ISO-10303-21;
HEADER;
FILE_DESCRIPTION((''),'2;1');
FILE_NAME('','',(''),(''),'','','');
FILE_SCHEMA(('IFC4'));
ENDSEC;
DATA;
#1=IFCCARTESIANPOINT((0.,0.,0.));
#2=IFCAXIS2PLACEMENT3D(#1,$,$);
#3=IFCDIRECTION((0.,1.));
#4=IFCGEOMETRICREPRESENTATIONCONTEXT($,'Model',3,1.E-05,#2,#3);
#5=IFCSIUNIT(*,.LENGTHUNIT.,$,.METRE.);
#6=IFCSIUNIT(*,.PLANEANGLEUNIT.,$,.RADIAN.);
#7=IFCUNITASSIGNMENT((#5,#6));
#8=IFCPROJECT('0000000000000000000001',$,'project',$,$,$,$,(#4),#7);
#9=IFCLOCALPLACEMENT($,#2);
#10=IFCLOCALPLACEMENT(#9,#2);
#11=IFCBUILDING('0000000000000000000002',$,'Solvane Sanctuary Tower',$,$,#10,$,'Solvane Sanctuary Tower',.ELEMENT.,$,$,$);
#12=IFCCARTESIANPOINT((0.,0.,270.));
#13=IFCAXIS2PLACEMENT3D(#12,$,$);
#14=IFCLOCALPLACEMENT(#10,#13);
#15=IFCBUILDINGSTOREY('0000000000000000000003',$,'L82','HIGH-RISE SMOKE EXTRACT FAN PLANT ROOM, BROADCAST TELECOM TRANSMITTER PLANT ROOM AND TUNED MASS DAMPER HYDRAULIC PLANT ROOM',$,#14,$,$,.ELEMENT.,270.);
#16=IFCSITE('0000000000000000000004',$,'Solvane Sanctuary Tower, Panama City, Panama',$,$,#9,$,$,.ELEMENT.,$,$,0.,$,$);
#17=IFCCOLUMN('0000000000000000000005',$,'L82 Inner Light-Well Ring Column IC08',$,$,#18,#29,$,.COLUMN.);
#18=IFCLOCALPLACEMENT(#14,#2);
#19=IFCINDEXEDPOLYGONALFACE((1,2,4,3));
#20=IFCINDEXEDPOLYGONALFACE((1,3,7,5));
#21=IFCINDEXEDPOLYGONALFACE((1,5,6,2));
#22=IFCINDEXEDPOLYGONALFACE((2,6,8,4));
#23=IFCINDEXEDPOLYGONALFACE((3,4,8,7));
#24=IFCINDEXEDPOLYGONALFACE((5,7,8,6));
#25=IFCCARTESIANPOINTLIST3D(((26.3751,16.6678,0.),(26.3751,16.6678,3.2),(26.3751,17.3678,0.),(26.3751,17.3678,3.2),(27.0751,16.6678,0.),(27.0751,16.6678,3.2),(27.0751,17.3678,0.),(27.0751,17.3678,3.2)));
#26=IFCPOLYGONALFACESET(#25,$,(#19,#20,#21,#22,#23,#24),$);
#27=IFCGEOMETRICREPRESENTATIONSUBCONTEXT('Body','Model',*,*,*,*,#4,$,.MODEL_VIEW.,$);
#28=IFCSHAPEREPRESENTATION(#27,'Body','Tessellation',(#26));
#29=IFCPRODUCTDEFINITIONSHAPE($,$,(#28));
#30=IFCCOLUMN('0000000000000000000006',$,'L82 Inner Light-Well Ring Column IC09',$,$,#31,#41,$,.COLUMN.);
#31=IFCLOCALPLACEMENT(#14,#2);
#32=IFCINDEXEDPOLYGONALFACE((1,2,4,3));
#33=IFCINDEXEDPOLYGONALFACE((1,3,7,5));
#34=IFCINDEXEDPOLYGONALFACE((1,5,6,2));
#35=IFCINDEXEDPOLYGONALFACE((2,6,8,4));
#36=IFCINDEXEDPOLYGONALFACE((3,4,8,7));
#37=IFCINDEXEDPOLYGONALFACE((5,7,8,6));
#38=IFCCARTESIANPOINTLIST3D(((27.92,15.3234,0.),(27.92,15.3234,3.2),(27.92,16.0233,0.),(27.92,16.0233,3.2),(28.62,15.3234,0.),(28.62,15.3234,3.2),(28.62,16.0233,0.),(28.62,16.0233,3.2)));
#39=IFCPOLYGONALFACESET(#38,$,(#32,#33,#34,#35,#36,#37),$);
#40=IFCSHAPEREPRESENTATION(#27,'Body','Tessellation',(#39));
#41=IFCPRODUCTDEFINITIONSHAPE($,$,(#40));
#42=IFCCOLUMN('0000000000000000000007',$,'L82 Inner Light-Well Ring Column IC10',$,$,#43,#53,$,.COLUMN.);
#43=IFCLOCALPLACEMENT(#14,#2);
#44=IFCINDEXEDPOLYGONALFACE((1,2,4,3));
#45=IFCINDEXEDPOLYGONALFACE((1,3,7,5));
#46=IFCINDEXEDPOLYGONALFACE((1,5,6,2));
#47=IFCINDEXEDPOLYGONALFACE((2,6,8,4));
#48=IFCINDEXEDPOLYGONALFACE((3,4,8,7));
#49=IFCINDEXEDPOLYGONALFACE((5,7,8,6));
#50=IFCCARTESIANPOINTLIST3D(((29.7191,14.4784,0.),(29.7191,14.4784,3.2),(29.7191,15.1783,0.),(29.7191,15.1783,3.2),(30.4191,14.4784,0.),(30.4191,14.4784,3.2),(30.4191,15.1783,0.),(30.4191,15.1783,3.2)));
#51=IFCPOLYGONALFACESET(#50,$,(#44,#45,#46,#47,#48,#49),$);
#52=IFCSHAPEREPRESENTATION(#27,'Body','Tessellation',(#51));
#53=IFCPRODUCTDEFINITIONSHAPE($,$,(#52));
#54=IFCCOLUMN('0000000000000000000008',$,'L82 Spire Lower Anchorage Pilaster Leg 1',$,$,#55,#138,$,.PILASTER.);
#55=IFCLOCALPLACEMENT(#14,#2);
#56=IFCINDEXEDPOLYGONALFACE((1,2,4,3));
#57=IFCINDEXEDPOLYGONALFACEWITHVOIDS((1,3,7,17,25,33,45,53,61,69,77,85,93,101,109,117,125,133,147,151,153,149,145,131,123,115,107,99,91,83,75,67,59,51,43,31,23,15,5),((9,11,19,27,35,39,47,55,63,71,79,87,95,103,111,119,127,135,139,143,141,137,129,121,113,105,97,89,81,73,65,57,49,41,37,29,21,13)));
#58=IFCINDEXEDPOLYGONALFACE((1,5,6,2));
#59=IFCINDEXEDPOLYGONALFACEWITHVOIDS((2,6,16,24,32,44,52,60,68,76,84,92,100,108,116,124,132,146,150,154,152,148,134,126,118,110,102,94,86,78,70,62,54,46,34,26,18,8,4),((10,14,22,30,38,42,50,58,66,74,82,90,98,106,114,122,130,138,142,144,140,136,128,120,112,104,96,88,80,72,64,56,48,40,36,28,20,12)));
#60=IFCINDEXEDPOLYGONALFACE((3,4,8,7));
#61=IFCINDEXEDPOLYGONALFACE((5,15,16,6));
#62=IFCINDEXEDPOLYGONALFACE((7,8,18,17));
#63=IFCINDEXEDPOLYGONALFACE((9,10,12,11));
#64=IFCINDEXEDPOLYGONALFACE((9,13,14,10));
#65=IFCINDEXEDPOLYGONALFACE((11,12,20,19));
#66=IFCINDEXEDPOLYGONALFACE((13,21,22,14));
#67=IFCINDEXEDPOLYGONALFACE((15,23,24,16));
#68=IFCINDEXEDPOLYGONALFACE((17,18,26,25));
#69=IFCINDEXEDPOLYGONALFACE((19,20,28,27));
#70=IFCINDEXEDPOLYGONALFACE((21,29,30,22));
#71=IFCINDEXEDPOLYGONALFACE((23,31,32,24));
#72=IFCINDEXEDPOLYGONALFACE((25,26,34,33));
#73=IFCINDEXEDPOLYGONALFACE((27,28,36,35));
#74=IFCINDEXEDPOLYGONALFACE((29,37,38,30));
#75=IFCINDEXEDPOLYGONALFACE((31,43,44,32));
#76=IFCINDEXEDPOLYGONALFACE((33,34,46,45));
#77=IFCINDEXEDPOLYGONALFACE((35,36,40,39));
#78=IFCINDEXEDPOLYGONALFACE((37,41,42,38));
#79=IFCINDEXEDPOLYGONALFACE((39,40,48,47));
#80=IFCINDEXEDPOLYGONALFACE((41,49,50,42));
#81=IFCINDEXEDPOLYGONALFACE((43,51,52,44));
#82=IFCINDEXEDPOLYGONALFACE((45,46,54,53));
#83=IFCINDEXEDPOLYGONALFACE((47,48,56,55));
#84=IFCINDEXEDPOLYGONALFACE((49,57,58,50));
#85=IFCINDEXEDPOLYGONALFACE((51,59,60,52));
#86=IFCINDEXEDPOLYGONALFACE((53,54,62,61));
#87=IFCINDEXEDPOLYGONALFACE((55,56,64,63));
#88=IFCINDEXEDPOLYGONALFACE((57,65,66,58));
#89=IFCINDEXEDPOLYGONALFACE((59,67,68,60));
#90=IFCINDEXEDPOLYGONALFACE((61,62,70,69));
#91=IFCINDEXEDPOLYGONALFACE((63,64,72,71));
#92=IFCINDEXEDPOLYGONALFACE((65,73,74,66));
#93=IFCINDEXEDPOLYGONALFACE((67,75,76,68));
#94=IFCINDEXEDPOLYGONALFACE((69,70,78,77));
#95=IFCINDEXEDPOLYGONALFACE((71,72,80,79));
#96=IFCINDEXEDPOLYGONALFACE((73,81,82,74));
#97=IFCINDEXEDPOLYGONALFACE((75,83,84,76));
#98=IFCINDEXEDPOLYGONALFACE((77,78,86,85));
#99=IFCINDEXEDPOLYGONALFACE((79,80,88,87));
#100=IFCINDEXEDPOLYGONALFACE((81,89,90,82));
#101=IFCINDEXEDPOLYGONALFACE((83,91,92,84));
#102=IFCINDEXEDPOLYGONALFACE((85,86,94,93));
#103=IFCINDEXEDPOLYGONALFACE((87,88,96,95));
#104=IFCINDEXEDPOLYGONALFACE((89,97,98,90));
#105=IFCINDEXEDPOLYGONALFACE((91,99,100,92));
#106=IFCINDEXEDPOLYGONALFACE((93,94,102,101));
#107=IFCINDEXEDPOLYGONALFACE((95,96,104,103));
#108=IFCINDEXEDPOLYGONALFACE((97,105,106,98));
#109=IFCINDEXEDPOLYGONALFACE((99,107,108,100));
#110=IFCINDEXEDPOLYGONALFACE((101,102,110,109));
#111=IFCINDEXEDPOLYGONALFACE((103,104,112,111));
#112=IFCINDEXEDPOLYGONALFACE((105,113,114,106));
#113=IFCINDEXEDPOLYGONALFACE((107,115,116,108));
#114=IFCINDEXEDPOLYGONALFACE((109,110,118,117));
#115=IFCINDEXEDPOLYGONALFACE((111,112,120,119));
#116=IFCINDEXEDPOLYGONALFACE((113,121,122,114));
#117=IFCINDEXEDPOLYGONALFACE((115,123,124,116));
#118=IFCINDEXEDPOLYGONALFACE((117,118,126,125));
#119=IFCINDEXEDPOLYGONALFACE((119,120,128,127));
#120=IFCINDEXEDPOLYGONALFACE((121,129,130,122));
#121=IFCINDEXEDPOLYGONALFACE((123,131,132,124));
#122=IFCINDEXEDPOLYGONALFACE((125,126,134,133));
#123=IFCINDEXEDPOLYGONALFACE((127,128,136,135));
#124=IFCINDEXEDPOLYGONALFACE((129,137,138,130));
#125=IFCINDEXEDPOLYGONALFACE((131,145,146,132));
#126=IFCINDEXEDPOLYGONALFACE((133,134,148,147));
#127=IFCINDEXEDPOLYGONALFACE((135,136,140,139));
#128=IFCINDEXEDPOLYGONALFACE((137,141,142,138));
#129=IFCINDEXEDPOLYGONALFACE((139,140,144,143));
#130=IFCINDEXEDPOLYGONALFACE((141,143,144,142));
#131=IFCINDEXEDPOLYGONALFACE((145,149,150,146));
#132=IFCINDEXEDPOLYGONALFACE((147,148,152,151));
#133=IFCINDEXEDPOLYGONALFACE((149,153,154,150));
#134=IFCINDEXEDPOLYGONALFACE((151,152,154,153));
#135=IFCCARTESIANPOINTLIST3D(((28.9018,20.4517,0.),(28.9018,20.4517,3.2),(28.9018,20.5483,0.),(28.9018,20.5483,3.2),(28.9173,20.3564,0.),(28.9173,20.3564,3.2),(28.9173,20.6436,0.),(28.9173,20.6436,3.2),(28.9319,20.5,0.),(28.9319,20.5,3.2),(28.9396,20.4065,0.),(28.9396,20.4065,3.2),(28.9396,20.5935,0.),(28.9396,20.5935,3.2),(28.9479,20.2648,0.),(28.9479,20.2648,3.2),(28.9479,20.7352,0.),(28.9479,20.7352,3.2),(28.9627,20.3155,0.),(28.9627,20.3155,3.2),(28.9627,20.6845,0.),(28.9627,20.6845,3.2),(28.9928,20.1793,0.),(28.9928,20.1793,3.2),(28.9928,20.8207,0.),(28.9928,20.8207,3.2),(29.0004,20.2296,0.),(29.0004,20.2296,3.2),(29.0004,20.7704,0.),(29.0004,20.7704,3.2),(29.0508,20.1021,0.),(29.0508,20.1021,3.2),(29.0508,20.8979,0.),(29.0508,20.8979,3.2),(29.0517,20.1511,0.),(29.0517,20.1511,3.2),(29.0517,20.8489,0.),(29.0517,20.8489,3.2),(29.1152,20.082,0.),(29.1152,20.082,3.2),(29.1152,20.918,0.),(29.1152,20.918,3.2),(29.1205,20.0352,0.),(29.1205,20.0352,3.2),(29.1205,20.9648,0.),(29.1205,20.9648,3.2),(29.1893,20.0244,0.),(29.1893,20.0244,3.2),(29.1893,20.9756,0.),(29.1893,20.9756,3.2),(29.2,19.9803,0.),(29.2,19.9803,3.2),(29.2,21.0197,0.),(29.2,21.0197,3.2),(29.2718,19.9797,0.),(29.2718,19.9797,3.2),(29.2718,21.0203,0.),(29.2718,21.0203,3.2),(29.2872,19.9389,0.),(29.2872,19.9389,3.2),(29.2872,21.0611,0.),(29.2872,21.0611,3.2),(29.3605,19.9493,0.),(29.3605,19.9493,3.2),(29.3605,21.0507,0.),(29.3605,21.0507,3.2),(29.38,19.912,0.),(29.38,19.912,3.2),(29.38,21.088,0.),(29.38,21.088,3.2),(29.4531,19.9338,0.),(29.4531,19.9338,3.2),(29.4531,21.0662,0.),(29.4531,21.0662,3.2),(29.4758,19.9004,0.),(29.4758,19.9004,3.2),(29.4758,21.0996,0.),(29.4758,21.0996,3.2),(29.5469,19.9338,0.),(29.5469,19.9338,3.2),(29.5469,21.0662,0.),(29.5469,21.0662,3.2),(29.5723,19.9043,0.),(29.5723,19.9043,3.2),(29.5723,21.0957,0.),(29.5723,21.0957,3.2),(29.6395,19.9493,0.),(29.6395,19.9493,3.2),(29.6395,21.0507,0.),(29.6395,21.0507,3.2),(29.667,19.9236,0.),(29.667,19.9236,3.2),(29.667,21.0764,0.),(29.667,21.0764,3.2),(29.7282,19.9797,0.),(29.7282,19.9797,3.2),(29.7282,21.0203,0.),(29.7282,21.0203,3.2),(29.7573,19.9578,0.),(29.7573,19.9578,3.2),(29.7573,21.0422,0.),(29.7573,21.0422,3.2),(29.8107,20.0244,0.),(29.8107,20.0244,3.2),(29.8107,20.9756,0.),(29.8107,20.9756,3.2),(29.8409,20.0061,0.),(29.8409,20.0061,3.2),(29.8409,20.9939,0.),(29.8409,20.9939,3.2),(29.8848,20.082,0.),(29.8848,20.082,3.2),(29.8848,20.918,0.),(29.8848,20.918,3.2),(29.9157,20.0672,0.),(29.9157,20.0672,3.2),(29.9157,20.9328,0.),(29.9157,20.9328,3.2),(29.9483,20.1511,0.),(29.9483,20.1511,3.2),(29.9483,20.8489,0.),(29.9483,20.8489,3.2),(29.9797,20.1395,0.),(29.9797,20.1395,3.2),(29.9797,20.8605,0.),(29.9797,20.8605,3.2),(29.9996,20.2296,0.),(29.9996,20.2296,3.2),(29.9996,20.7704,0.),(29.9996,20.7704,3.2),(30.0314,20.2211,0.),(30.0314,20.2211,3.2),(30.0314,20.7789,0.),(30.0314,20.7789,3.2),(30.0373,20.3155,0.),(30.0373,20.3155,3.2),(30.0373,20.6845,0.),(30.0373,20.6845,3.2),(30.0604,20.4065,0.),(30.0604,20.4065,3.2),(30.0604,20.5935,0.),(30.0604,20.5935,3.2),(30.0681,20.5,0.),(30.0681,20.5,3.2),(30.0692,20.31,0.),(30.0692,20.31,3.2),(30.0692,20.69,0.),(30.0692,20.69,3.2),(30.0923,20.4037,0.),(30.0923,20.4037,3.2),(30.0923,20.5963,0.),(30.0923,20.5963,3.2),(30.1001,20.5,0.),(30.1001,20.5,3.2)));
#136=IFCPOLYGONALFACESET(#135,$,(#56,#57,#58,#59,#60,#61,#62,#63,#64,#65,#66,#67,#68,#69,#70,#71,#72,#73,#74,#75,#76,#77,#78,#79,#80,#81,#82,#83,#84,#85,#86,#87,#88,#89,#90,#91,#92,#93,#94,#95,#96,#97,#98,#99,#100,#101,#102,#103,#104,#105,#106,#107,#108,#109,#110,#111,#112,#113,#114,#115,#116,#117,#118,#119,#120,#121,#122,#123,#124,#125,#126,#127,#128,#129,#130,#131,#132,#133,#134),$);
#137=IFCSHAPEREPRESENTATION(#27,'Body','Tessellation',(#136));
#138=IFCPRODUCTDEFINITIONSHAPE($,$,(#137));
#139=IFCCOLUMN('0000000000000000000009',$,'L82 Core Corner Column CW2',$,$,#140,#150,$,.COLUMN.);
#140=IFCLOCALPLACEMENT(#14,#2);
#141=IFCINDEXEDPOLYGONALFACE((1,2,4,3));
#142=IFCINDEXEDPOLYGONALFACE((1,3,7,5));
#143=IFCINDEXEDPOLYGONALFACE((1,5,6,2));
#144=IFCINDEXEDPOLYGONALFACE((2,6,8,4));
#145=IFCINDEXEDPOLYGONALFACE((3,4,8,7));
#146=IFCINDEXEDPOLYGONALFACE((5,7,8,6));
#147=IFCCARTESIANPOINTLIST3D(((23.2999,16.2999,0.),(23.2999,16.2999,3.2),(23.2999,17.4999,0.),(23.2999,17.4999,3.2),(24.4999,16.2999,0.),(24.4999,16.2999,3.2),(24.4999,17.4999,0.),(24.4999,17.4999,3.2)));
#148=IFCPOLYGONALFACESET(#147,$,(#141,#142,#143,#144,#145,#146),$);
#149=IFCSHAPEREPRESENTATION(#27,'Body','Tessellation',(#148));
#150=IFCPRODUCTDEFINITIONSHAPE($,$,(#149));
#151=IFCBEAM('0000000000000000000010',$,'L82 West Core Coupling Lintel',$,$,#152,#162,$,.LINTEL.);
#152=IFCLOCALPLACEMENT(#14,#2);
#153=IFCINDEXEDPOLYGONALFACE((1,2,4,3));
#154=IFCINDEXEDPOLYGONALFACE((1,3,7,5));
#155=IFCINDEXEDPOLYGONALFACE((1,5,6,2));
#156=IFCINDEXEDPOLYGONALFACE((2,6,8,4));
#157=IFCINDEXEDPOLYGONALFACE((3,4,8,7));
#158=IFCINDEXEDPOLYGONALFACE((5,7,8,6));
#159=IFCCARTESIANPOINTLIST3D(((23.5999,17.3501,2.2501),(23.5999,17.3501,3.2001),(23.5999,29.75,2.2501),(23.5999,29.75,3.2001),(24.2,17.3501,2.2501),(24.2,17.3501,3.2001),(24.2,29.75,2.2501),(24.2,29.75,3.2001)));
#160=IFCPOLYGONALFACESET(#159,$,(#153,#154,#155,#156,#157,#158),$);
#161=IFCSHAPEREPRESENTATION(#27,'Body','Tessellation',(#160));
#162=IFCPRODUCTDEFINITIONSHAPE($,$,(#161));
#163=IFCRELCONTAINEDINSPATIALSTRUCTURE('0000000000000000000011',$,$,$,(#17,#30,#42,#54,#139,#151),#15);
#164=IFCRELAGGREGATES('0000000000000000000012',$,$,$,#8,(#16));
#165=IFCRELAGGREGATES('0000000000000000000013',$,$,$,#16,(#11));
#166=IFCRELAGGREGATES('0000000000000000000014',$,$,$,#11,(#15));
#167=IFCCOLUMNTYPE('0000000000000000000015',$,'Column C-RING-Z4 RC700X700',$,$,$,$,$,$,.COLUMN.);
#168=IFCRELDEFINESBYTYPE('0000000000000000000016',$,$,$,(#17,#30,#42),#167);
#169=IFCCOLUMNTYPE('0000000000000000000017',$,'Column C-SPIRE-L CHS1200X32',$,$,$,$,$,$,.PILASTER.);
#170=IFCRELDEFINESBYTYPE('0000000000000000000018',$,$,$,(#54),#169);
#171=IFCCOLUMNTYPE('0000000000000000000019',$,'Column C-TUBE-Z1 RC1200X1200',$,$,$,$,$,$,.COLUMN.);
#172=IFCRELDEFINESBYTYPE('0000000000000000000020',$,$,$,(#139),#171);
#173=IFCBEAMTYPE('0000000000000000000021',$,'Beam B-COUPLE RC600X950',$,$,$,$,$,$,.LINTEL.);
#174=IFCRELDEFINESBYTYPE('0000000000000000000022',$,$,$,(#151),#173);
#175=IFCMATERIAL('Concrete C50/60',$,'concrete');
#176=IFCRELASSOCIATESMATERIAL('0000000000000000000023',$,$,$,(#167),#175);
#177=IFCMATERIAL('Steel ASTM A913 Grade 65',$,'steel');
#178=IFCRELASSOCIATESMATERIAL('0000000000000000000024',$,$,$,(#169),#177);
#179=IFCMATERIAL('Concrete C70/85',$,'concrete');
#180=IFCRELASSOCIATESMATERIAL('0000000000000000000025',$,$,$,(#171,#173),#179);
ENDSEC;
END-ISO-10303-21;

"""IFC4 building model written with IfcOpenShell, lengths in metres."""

from ifc_helpers import new_model, si_unit, direction, frame, origin, origin_2d, place, context, subcontext, project, spatial, rectangle, hollow_circle, extrude, material, material_profile, profile_set, type_object, element, save


model = new_model("IFC4")

# Units and contexts
model_context = context("Model", 3, precision=1e-05, world=origin(), true_north=direction((0.0, 1.0)))
body_context = subcontext(model_context, "Body", "Model", "MODEL_VIEW")
ifc_project = project(units=[si_unit("LENGTHUNIT", "METRE"), si_unit("PLANEANGLEUNIT", "RADIAN")], contexts=[model_context])

# Site, building, storey
site_placement = place(None, origin())
site = spatial("IfcSite", under=ifc_project, at=site_placement, Name="Solvane Sanctuary Tower, Panama City, Panama", CompositionType="ELEMENT", RefElevation=0.0)
building_placement = place(site_placement, origin())
building = spatial("IfcBuilding", under=site, at=building_placement, Name="Solvane Sanctuary Tower", LongName="Solvane Sanctuary Tower", CompositionType="ELEMENT")
storey_placement = place(building_placement, frame((0.0, 0.0, 270.0)))
storey = spatial("IfcBuildingStorey", under=building, at=storey_placement, Name="L82", Description="HIGH-RISE SMOKE EXTRACT FAN PLANT ROOM, BROADCAST TELECOM TRANSMITTER PLANT ROOM AND TUNED MASS DAMPER HYDRAULIC PLANT ROOM", CompositionType="ELEMENT", Elevation=270.0)

# Columns
ifc_material_1 = material(Name="Concrete C50/60", Category="concrete")
ifc_material_profile_1 = material_profile(ifc_material_1, rectangle(XDim=0.7, YDim=0.7, at=origin_2d()), Name="RC700X700")
ifc_profile_set_1 = profile_set([ifc_material_profile_1], Name="Concrete C50/60")
column_type_1 = type_object("IfcColumnType", Name="Column C-RING-Z4 RC700X700", PredefinedType="COLUMN", material=ifc_profile_set_1)
for number, where, z_axis, x_axis, name in (
    (1, (26.7251, 17.0178, 0.0), (0.0, 0.0, 1.0), (1.0, 0.0, 0.0), "L82 Inner Light-Well Ring Column IC08"),
    (2, (28.27, 15.6733, 0.0), (0.0, 0.0, 1.0), (1.0, 0.0, 0.0), "L82 Inner Light-Well Ring Column IC09"),
    (3, (30.0691, 14.8284, 0.0), (0.0, 0.0, 1.0), (1.0, 0.0, 0.0), "L82 Inner Light-Well Ring Column IC10"),
):
    element("IfcColumn", number, at=place(storey_placement, frame(where, z_axis=z_axis, x_axis=x_axis)), inside=storey, type_object=column_type_1, Name=name, PredefinedType="COLUMN", context=body_context, shape_type="SweptSolid", body=[
        extrude(rectangle(XDim=0.7, YDim=0.7, at=origin_2d()), origin(), (0.0, 0.0, 1.0), 3.2),
    ])
ifc_material_2 = material(Name="Steel ASTM A913 Grade 65", Category="steel")
ifc_material_profile_2 = material_profile(ifc_material_2, hollow_circle(Radius=0.6001, WallThickness=0.032, at=origin_2d()), Name="CHS1200X32")
ifc_profile_set_2 = profile_set([ifc_material_profile_2], Name="Steel ASTM A913 Grade 65")
column_type_2 = type_object("IfcColumnType", Name="Column C-SPIRE-L CHS1200X32", PredefinedType="PILASTER", material=ifc_profile_set_2)
column_1_placement = place(storey_placement, frame((29.5, 20.5, 0.0), z_axis=(0.0, 0.0, 1.0), x_axis=(1.0, 0.0, 0.0)))
element("IfcColumn", 4, at=column_1_placement, inside=storey, type_object=column_type_2, Name="L82 Spire Lower Anchorage Pilaster Leg 1", PredefinedType="PILASTER", context=body_context, shape_type="SweptSolid", body=[
    extrude(hollow_circle(Radius=0.6001, WallThickness=0.032, at=origin_2d()), origin(), (0.0, 0.0, 1.0), 3.2),
])
ifc_material_3 = material(Name="Concrete C70/85", Category="concrete")
ifc_material_profile_3 = material_profile(ifc_material_3, rectangle(XDim=1.2, YDim=1.2, at=origin_2d()), Name="RC1200X1200")
ifc_profile_set_3 = profile_set([ifc_material_profile_3], Name="Concrete C70/85")
column_type_3 = type_object("IfcColumnType", Name="Column C-TUBE-Z1 RC1200X1200", PredefinedType="COLUMN", material=ifc_profile_set_3)
column_2_placement = place(storey_placement, frame((23.8999, 16.8999, 0.0), z_axis=(0.0, 0.0, 1.0), x_axis=(1.0, 0.0, 0.0)))
element("IfcColumn", 5, at=column_2_placement, inside=storey, type_object=column_type_3, Name="L82 Core Corner Column CW2", PredefinedType="COLUMN", context=body_context, shape_type="SweptSolid", body=[
    extrude(rectangle(XDim=1.2, YDim=1.2, at=origin_2d()), origin(), (0.0, 0.0, 1.0), 3.2),
])

# Beam
ifc_material_profile_4 = material_profile(ifc_material_3, rectangle(XDim=0.6001, YDim=0.95, at=origin_2d()), Name="RC600X950")
ifc_profile_set_4 = profile_set([ifc_material_profile_4], Name="Concrete C70/85")
beam_type_1 = type_object("IfcBeamType", Name="Beam B-COUPLE RC600X950", PredefinedType="LINTEL", material=ifc_profile_set_4)
beam_1_placement = place(storey_placement, frame((23.8999, 17.3501, 2.7251), z_axis=(0.0, 1.0, 0.0), x_axis=(-1.0, 0.0, 0.0)))
element("IfcBeam", 6, at=beam_1_placement, inside=storey, type_object=beam_type_1, Name="L82 West Core Coupling Lintel", PredefinedType="LINTEL", context=body_context, shape_type="SweptSolid", body=[
    extrude(rectangle(XDim=0.6001, YDim=0.95, at=origin_2d()), origin(), (0.0, 0.0, 1.0), 12.3999),
])

save(model, "model.ifc")
